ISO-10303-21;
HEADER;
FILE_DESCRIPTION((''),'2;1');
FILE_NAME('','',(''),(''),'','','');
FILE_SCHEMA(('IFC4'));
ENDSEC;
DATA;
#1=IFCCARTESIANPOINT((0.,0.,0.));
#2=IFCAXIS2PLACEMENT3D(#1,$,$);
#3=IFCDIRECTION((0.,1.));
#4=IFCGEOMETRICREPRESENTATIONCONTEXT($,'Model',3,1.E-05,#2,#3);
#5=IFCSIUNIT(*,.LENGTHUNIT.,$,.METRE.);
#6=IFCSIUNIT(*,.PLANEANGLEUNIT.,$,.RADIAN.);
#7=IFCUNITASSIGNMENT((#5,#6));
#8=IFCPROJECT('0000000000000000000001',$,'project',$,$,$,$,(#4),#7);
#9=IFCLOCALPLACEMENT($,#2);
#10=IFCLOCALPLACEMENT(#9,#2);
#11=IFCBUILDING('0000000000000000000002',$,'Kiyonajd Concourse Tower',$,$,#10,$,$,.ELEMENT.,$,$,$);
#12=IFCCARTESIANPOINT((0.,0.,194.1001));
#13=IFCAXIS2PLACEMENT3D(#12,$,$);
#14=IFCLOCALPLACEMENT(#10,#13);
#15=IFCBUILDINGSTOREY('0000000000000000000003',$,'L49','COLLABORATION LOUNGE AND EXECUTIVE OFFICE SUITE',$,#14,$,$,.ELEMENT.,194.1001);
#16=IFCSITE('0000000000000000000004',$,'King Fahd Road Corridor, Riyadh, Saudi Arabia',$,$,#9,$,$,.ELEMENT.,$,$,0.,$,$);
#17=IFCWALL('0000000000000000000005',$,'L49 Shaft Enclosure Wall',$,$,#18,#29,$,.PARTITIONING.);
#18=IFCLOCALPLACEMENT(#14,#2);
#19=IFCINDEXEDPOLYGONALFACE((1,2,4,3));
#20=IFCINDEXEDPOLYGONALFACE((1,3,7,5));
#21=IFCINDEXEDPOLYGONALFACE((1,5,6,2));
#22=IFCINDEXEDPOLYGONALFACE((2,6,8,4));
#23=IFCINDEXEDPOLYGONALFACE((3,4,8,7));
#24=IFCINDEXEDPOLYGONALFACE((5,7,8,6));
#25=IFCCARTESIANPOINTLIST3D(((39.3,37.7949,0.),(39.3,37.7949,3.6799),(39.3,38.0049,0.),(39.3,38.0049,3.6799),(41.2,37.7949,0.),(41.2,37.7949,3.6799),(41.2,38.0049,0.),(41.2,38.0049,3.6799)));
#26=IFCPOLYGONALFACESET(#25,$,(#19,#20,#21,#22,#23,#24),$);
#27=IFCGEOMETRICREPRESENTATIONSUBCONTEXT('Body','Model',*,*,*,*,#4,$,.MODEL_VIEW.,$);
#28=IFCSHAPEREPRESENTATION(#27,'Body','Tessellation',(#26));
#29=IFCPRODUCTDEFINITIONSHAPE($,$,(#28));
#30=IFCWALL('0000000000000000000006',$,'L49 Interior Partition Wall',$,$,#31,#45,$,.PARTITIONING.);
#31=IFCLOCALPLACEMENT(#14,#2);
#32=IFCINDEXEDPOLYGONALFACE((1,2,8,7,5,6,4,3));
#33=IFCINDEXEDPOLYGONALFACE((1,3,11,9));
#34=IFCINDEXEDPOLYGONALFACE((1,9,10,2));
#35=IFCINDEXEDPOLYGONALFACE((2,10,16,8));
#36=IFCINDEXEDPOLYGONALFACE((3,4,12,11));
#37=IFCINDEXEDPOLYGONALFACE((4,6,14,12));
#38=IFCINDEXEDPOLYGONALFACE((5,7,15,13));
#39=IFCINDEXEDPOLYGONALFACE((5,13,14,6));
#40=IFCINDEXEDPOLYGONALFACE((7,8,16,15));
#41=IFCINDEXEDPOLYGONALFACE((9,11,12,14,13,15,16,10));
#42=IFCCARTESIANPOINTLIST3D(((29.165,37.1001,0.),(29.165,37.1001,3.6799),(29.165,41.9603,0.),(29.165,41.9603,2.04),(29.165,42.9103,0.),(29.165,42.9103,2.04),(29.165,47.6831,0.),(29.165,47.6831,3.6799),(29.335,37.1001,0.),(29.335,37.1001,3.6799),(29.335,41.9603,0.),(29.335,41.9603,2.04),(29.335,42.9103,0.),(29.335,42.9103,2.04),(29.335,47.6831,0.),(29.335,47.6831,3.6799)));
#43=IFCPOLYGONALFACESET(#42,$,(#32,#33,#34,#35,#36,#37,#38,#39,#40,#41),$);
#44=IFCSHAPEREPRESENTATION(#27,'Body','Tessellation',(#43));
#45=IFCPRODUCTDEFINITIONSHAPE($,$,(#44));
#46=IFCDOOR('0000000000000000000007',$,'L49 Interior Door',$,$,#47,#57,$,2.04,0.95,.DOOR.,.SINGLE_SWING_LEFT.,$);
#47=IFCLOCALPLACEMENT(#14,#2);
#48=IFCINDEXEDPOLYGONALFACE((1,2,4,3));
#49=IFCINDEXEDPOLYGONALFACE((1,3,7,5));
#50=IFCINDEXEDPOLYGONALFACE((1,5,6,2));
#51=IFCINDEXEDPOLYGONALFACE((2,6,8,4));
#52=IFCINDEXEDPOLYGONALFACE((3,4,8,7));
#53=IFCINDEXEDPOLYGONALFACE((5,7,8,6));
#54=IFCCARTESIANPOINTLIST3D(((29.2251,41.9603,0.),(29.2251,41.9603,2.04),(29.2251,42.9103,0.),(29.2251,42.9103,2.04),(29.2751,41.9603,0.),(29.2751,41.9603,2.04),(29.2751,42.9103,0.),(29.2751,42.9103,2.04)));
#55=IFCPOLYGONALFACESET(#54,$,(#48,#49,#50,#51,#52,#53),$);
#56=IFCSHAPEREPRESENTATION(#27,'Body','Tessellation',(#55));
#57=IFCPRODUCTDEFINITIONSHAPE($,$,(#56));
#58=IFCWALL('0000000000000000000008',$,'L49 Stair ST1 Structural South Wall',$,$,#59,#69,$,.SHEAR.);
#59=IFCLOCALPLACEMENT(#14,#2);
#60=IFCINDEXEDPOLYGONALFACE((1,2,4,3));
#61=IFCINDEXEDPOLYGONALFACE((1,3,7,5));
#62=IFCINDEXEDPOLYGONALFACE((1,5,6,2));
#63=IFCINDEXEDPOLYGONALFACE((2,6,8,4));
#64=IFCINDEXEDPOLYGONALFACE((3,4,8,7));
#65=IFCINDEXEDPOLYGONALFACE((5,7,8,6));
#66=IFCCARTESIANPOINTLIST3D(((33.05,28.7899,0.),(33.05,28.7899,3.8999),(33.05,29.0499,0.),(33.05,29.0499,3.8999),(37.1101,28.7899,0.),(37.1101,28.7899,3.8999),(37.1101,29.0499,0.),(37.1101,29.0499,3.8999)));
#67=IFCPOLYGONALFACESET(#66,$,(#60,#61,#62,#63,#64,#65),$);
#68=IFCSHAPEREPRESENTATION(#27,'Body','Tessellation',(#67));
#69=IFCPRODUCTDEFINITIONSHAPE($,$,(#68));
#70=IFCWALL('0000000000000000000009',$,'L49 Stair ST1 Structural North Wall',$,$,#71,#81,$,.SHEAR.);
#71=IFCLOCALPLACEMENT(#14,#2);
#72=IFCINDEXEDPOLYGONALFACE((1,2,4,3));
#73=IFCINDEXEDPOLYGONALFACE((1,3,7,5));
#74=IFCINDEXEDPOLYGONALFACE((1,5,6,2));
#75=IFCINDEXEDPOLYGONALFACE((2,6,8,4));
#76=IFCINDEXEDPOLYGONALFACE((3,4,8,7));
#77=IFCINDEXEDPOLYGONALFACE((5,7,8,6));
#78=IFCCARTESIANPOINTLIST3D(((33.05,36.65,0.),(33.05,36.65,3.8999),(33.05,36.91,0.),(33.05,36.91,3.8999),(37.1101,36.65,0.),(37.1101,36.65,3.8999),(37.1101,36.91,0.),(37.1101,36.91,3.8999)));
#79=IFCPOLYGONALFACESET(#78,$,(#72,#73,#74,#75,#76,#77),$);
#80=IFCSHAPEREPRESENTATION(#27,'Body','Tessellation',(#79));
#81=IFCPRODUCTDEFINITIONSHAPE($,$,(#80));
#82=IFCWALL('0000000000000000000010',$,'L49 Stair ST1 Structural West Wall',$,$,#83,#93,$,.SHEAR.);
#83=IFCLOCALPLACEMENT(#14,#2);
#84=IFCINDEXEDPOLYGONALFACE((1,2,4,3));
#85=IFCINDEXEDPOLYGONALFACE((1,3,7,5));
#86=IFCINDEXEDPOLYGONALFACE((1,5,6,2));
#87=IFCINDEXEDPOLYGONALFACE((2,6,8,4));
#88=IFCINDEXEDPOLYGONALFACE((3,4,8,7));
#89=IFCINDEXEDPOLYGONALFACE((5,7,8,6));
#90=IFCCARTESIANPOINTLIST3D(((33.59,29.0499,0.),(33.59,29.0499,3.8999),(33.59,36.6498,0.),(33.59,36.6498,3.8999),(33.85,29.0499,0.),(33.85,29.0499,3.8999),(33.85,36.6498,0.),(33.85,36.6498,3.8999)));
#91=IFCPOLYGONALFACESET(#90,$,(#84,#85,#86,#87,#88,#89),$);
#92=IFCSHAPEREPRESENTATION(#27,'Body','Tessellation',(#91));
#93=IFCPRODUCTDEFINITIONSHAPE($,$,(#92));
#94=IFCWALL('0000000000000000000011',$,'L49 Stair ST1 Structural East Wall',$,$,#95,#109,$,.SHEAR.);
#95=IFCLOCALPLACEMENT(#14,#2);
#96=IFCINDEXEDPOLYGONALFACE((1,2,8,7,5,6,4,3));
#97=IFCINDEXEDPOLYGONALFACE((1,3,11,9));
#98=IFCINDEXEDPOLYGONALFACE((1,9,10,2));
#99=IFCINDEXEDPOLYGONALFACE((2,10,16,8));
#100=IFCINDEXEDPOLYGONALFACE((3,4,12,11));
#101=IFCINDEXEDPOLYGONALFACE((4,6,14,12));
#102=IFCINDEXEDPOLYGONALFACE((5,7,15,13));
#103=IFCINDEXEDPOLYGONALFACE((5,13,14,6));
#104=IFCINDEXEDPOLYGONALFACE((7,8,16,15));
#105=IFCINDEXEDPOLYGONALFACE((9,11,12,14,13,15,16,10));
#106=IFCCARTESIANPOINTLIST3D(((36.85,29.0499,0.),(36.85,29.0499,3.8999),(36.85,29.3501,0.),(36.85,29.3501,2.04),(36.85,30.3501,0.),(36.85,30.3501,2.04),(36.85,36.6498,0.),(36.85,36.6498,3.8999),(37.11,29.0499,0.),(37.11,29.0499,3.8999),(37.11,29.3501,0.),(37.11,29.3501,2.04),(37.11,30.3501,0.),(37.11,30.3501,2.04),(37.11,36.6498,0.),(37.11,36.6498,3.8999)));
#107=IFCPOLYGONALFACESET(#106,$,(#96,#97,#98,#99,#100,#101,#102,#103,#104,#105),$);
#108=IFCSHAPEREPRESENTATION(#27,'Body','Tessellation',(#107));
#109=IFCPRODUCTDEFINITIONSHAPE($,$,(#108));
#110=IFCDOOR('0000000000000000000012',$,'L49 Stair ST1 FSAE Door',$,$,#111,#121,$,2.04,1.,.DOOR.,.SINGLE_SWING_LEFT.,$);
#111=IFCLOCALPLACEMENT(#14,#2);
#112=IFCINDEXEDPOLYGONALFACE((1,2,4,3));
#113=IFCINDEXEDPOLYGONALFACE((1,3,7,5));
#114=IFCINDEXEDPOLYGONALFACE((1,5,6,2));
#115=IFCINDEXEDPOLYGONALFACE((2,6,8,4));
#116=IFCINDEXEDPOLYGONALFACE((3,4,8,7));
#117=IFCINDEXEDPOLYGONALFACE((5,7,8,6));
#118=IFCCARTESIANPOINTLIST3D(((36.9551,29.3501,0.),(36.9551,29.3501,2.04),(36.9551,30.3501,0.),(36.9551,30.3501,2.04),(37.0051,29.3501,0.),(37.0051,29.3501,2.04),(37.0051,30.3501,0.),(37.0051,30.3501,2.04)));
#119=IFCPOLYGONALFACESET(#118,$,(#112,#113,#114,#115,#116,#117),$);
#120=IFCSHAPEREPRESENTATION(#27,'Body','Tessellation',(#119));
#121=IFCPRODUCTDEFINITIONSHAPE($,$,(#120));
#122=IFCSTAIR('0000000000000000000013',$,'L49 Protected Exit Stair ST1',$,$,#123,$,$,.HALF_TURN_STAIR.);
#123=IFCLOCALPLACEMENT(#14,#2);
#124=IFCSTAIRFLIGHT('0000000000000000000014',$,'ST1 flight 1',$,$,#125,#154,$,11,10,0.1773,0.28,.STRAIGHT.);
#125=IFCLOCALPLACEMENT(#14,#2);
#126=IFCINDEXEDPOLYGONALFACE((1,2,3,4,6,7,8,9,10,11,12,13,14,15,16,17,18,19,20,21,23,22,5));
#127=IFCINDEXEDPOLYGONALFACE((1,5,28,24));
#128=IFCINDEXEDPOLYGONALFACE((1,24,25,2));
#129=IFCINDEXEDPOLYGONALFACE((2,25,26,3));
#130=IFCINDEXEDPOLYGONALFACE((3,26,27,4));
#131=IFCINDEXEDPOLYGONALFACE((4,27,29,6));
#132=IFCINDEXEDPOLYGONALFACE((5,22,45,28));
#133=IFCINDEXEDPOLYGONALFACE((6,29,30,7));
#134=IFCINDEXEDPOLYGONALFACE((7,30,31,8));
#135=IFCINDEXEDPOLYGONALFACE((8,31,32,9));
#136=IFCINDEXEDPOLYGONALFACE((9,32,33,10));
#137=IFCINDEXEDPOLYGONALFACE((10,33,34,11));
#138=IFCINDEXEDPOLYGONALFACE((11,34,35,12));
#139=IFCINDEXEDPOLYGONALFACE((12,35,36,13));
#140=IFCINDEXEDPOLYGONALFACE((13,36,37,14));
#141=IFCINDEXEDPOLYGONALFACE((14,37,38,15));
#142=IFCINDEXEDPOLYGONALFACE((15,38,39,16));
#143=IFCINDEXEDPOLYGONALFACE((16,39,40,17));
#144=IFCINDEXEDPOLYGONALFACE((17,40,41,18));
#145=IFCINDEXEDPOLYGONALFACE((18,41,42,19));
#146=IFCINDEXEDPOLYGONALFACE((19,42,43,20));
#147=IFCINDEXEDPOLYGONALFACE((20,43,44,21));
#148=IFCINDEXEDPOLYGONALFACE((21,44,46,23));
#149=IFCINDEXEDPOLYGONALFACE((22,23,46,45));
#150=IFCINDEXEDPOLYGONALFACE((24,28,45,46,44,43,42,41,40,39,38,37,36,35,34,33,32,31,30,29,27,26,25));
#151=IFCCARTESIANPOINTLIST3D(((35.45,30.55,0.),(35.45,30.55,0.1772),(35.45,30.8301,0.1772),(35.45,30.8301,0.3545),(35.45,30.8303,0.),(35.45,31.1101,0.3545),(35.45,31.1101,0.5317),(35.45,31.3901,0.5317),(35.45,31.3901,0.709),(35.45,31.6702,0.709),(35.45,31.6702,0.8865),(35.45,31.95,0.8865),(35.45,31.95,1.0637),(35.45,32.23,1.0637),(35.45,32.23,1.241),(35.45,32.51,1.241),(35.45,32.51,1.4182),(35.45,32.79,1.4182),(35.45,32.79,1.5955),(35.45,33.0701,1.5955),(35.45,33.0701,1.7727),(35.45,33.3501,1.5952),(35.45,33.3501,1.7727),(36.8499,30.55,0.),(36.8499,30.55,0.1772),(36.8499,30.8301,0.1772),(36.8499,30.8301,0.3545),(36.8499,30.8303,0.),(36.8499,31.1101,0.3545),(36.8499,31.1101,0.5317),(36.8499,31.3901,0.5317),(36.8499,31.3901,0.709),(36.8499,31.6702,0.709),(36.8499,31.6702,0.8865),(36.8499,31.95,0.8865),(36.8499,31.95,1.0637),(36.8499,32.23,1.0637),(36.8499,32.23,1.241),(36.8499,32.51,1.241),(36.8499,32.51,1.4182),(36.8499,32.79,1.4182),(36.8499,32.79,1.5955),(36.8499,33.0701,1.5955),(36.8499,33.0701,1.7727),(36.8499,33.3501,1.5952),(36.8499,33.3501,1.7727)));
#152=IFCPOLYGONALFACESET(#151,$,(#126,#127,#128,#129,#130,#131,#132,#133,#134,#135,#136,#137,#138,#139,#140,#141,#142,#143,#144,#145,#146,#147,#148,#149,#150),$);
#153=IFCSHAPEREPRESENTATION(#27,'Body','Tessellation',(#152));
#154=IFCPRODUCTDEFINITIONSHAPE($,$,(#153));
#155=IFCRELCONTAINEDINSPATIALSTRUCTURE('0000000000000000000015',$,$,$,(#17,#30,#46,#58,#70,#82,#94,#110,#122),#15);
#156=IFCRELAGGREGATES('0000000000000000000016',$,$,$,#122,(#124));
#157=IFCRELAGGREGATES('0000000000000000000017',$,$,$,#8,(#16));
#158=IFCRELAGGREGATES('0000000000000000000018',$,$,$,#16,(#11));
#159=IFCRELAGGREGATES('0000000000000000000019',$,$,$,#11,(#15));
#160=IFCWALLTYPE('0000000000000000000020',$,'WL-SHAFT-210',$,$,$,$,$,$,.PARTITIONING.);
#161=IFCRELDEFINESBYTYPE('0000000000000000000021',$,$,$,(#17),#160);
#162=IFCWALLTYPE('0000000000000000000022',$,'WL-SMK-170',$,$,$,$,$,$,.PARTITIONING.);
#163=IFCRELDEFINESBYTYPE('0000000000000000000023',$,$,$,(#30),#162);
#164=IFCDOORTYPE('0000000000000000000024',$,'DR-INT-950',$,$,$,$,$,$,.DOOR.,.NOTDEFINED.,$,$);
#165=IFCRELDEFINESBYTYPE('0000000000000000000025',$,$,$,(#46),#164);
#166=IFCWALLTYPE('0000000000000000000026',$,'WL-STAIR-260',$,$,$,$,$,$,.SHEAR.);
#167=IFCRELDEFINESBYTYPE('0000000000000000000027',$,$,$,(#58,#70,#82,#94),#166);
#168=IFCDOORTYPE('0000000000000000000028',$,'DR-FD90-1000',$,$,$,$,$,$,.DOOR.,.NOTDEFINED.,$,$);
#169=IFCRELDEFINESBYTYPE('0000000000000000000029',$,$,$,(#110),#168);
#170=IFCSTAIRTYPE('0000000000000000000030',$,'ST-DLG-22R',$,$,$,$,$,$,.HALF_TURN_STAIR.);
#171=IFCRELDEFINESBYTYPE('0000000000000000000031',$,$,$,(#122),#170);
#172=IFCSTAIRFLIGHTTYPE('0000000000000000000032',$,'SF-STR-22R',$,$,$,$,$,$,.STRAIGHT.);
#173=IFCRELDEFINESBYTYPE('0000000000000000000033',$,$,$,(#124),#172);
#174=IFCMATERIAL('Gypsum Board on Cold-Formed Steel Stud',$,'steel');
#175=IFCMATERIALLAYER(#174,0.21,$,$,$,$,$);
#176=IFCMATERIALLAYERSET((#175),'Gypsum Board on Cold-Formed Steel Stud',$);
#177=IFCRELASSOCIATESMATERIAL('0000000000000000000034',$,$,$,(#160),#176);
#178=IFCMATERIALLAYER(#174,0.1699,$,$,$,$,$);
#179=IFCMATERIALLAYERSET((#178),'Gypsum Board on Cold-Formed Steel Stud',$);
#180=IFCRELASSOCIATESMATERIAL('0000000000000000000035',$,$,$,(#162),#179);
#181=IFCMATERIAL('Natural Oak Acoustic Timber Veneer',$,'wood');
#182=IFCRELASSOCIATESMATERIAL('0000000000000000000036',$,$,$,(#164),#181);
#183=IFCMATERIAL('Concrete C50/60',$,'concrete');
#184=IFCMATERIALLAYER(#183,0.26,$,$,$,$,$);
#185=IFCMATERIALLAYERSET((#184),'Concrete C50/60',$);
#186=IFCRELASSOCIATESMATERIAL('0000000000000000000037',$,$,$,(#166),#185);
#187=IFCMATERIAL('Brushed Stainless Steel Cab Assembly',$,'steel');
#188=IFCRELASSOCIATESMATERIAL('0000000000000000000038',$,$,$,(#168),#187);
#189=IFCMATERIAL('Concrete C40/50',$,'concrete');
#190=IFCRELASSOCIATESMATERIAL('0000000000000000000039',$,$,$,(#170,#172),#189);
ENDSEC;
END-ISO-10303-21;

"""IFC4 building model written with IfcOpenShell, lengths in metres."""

from ifc_helpers import new_model, si_unit, direction, frame, frame_2d, origin, place, context, subcontext, project, spatial, polyline, rectangle, outline, extrude, material, layer, layer_set, type_object, element, fill, aggregate, save


model = new_model("IFC4")

# Units and contexts
model_context = context("Model", 3, precision=1e-05, world=origin(), true_north=direction((0.0, 1.0)))
body_context = subcontext(model_context, "Body", "Model", "MODEL_VIEW")
ifc_project = project(units=[si_unit("LENGTHUNIT", "METRE"), si_unit("PLANEANGLEUNIT", "RADIAN")], contexts=[model_context])

# Site, building, storey
site_placement = place(None, origin())
site = spatial("IfcSite", under=ifc_project, at=site_placement, Name="King Fahd Road Corridor, Riyadh, Saudi Arabia", CompositionType="ELEMENT", RefElevation=0.0)
building_placement = place(site_placement, origin())
building = spatial("IfcBuilding", under=site, at=building_placement, Name="Kiyonajd Concourse Tower", CompositionType="ELEMENT")
storey_placement = place(building_placement, frame((0.0, 0.0, 194.1001)))
storey = spatial("IfcBuildingStorey", under=building, at=storey_placement, Name="L49", Description="COLLABORATION LOUNGE AND EXECUTIVE OFFICE SUITE", CompositionType="ELEMENT", Elevation=194.1001)

# Shared definitions
ifc_material_1 = material(Name="Concrete C50/60", Category="concrete")

# Shared definitions
ifc_material_2 = material(Name="Gypsum Board on Cold-Formed Steel Stud", Category="steel")
ifc_layer_1 = layer(ifc_material_2, 0.21)
ifc_layer_set_1 = layer_set([ifc_layer_1], Name="Gypsum Board on Cold-Formed Steel Stud")
wall_type_1 = type_object("IfcWallType", Name="WL-SHAFT-210", PredefinedType="PARTITIONING", material=ifc_layer_set_1)
ifc_material_3 = material(Name="Brushed Stainless Steel Cab Assembly", Category="steel")

# Wall
for number, where, z_axis, x_axis, name in (
    (1, (39.3, 37.8999, 0.0), (0.0, 0.0, 1.0), (1.0, 0.0, 0.0), "L49 Shaft Enclosure Wall"),
):
    element("IfcWall", number, at=place(storey_placement, frame(where, z_axis=z_axis, x_axis=x_axis)), inside=storey, type_object=wall_type_1, Name=name, PredefinedType="PARTITIONING", context=body_context, shape_type="SweptSolid", body=[
        extrude(rectangle(XDim=1.8999, YDim=0.21, at=frame_2d((0.95, 0.0))), origin(), (0.0, 0.0, 1.0), 3.6799),
    ])

# Wall, opening, door
ifc_layer_2 = layer(ifc_material_2, 0.1699)
ifc_layer_set_2 = layer_set([ifc_layer_2], Name="Gypsum Board on Cold-Formed Steel Stud")
wall_type_2 = type_object("IfcWallType", Name="WL-SMK-170", PredefinedType="PARTITIONING", material=ifc_layer_set_2)
wall_1_placement = place(storey_placement, frame((29.25, 37.1001, 0.0), z_axis=(0.0, 0.0, 1.0), x_axis=(0.0, 1.0, 0.0)))
wall_1 = element("IfcWall", 2, at=wall_1_placement, inside=storey, type_object=wall_type_2, Name="L49 Interior Partition Wall", PredefinedType="PARTITIONING", context=body_context, shape_type="SweptSolid", body=[
    extrude(rectangle(XDim=10.583, YDim=0.1699, at=frame_2d((5.2915, 0.0))), origin(), (0.0, 0.0, 1.0), 3.6799),
])
opening_1_placement = place(wall_1_placement, frame((4.8601, 0.0, 0.0)))
opening_1 = element("IfcOpeningElement", 3, at=opening_1_placement, cuts=wall_1, PredefinedType="OPENING", context=body_context, shape_type="SweptSolid", body=[
    extrude(rectangle(XDim=0.95, YDim=2.04, at=frame_2d((0.4751, 1.02))), frame((0.0, 0.095, 0.0), z_axis=(0.0, -1.0, 0.0), x_axis=(1.0, 0.0, 0.0)), (0.0, 0.0, 1.0), 0.1899),
])
ifc_material_4 = material(Name="Natural Oak Acoustic Timber Veneer", Category="wood")
door_type_1 = type_object("IfcDoorType", Name="DR-INT-950", OperationType="NOTDEFINED", PredefinedType="DOOR", material=ifc_material_4)
door_1_placement = place(opening_1_placement, origin())
door_1 = element("IfcDoor", 4, at=door_1_placement, inside=storey, type_object=door_type_1, Name="L49 Interior Door", OperationType="SINGLE_SWING_LEFT", OverallHeight=2.04, OverallWidth=0.95, PredefinedType="DOOR", context=body_context, shape_type="SweptSolid", body=[
    extrude(rectangle(XDim=0.95, YDim=2.04, at=frame_2d((0.4751, 1.02))), frame((0.0, 0.0249, 0.0), z_axis=(0.0, -1.0, 0.0), x_axis=(1.0, 0.0, 0.0)), (0.0, 0.0, 1.0), 0.05),
])
fill(opening_1, door_1)

# Walls
ifc_layer_3 = layer(ifc_material_1, 0.26)
ifc_layer_set_3 = layer_set([ifc_layer_3], Name="Concrete C50/60")
wall_type_3 = type_object("IfcWallType", Name="WL-STAIR-260", PredefinedType="SHEAR", material=ifc_layer_set_3)
for number, where, z_axis, x_axis, name in (
    (5, (33.05, 28.9199, 0.0), (0.0, 0.0, 1.0), (1.0, 0.0, 0.0), "L49 Stair ST1 Structural South Wall"),
    (6, (33.05, 36.78, 0.0), (0.0, 0.0, 1.0), (1.0, 0.0, 0.0), "L49 Stair ST1 Structural North Wall"),
):
    element("IfcWall", number, at=place(storey_placement, frame(where, z_axis=z_axis, x_axis=x_axis)), inside=storey, type_object=wall_type_3, Name=name, PredefinedType="SHEAR", context=body_context, shape_type="SweptSolid", body=[
        extrude(rectangle(XDim=4.0601, YDim=0.26, at=frame_2d((2.03, 0.0))), origin(), (0.0, 0.0, 1.0), 3.8999),
    ])
wall_2_placement = place(storey_placement, frame((33.72, 29.05, 0.0), z_axis=(0.0, 0.0, 1.0), x_axis=(0.0, 1.0, 0.0)))
element("IfcWall", 7, at=wall_2_placement, inside=storey, type_object=wall_type_3, Name="L49 Stair ST1 Structural West Wall", PredefinedType="SHEAR", context=body_context, shape_type="SweptSolid", body=[
    extrude(rectangle(XDim=7.5999, YDim=0.26, at=frame_2d((3.7998, 0.0))), origin(), (0.0, 0.0, 1.0), 3.8999),
])

# Wall, opening, door
wall_3_placement = place(storey_placement, frame((36.98, 29.05, 0.0), z_axis=(0.0, 0.0, 1.0), x_axis=(0.0, 1.0, 0.0)))
wall_3 = element("IfcWall", 8, at=wall_3_placement, inside=storey, type_object=wall_type_3, Name="L49 Stair ST1 Structural East Wall", PredefinedType="SHEAR", context=body_context, shape_type="SweptSolid", body=[
    extrude(rectangle(XDim=7.5999, YDim=0.26, at=frame_2d((3.7998, 0.0))), origin(), (0.0, 0.0, 1.0), 3.8999),
])
opening_2_placement = place(wall_3_placement, frame((0.3, 0.0, 0.0)))
opening_2 = element("IfcOpeningElement", 9, at=opening_2_placement, cuts=wall_3, PredefinedType="OPENING", context=body_context, shape_type="SweptSolid", body=[
    extrude(rectangle(XDim=1.0, YDim=2.04, at=frame_2d((0.5, 1.02))), frame((0.0, 0.1399, 0.0), z_axis=(0.0, -1.0, 0.0), x_axis=(1.0, 0.0, 0.0)), (0.0, 0.0, 1.0), 0.28),
])
door_type_2 = type_object("IfcDoorType", Name="DR-FD90-1000", OperationType="NOTDEFINED", PredefinedType="DOOR", material=ifc_material_3)
door_2_placement = place(opening_2_placement, origin())
door_2 = element("IfcDoor", 10, at=door_2_placement, inside=storey, type_object=door_type_2, Name="L49 Stair ST1 FSAE Door", OperationType="SINGLE_SWING_LEFT", OverallHeight=2.04, OverallWidth=1.0, PredefinedType="DOOR", context=body_context, shape_type="SweptSolid", body=[
    extrude(rectangle(XDim=1.0, YDim=2.04, at=frame_2d((0.5, 1.02))), frame((0.0, 0.0249, 0.0), z_axis=(0.0, -1.0, 0.0), x_axis=(1.0, 0.0, 0.0)), (0.0, 0.0, 1.0), 0.05),
])
fill(opening_2, door_2)

# Stair, stair flight
ifc_material_5 = material(Name="Concrete C40/50", Category="concrete")
stair_type = type_object("IfcStairType", Name="ST-DLG-22R", PredefinedType="HALF_TURN_STAIR", material=ifc_material_5)
stair_placement = place(storey_placement, origin())
stair = element("IfcStair", 11, at=stair_placement, inside=storey, type_object=stair_type, Name="L49 Protected Exit Stair ST1", PredefinedType="HALF_TURN_STAIR")
stair_flight_type = type_object("IfcStairFlightType", Name="SF-STR-22R", PredefinedType="STRAIGHT", material=ifc_material_5)
stair_flight_1_placement = place(storey_placement, frame((36.1499, 30.55, 0.0), z_axis=(0.0, 0.0, 1.0), x_axis=(0.0, 1.0, 0.0)))
stair_flight_1 = element("IfcStairFlight", 12, at=stair_flight_1_placement, type_object=stair_flight_type, Name="ST1 flight 1", NumberOfRisers=11, NumberOfTreads=10, PredefinedType="STRAIGHT", RiserHeight=0.1773, TreadLength=0.28, context=body_context, shape_type="SweptSolid", body=[
    extrude(outline(polyline([(0.0, 0.0), (0.0, 0.1772), (0.28, 0.1772), (0.28, 0.3545), (0.5601, 0.3545), (0.5601, 0.5317), (0.8401, 0.5317), (0.8401, 0.709), (1.1201, 0.709), (1.1201, 0.8865), (1.3999, 0.8865), (1.3999, 1.0637), (1.6799, 1.0637), (1.6799, 1.241), (1.96, 1.241), (1.96, 1.4182), (2.24, 1.4182), (2.24, 1.5955), (2.52, 1.5955), (2.52, 1.7727), (2.8, 1.7727), (2.8, 1.95), (2.8, 1.5952), (0.2803, 0.0), (0.0, 0.0)])), frame((0.0, 0.7, 0.0), z_axis=(0.0, -1.0, 0.0), x_axis=(1.0, 0.0, 0.0)), (0.0, 0.0, 1.0), 1.3999),
])
aggregate(stair, [stair_flight_1])

save(model, "model.ifc")
